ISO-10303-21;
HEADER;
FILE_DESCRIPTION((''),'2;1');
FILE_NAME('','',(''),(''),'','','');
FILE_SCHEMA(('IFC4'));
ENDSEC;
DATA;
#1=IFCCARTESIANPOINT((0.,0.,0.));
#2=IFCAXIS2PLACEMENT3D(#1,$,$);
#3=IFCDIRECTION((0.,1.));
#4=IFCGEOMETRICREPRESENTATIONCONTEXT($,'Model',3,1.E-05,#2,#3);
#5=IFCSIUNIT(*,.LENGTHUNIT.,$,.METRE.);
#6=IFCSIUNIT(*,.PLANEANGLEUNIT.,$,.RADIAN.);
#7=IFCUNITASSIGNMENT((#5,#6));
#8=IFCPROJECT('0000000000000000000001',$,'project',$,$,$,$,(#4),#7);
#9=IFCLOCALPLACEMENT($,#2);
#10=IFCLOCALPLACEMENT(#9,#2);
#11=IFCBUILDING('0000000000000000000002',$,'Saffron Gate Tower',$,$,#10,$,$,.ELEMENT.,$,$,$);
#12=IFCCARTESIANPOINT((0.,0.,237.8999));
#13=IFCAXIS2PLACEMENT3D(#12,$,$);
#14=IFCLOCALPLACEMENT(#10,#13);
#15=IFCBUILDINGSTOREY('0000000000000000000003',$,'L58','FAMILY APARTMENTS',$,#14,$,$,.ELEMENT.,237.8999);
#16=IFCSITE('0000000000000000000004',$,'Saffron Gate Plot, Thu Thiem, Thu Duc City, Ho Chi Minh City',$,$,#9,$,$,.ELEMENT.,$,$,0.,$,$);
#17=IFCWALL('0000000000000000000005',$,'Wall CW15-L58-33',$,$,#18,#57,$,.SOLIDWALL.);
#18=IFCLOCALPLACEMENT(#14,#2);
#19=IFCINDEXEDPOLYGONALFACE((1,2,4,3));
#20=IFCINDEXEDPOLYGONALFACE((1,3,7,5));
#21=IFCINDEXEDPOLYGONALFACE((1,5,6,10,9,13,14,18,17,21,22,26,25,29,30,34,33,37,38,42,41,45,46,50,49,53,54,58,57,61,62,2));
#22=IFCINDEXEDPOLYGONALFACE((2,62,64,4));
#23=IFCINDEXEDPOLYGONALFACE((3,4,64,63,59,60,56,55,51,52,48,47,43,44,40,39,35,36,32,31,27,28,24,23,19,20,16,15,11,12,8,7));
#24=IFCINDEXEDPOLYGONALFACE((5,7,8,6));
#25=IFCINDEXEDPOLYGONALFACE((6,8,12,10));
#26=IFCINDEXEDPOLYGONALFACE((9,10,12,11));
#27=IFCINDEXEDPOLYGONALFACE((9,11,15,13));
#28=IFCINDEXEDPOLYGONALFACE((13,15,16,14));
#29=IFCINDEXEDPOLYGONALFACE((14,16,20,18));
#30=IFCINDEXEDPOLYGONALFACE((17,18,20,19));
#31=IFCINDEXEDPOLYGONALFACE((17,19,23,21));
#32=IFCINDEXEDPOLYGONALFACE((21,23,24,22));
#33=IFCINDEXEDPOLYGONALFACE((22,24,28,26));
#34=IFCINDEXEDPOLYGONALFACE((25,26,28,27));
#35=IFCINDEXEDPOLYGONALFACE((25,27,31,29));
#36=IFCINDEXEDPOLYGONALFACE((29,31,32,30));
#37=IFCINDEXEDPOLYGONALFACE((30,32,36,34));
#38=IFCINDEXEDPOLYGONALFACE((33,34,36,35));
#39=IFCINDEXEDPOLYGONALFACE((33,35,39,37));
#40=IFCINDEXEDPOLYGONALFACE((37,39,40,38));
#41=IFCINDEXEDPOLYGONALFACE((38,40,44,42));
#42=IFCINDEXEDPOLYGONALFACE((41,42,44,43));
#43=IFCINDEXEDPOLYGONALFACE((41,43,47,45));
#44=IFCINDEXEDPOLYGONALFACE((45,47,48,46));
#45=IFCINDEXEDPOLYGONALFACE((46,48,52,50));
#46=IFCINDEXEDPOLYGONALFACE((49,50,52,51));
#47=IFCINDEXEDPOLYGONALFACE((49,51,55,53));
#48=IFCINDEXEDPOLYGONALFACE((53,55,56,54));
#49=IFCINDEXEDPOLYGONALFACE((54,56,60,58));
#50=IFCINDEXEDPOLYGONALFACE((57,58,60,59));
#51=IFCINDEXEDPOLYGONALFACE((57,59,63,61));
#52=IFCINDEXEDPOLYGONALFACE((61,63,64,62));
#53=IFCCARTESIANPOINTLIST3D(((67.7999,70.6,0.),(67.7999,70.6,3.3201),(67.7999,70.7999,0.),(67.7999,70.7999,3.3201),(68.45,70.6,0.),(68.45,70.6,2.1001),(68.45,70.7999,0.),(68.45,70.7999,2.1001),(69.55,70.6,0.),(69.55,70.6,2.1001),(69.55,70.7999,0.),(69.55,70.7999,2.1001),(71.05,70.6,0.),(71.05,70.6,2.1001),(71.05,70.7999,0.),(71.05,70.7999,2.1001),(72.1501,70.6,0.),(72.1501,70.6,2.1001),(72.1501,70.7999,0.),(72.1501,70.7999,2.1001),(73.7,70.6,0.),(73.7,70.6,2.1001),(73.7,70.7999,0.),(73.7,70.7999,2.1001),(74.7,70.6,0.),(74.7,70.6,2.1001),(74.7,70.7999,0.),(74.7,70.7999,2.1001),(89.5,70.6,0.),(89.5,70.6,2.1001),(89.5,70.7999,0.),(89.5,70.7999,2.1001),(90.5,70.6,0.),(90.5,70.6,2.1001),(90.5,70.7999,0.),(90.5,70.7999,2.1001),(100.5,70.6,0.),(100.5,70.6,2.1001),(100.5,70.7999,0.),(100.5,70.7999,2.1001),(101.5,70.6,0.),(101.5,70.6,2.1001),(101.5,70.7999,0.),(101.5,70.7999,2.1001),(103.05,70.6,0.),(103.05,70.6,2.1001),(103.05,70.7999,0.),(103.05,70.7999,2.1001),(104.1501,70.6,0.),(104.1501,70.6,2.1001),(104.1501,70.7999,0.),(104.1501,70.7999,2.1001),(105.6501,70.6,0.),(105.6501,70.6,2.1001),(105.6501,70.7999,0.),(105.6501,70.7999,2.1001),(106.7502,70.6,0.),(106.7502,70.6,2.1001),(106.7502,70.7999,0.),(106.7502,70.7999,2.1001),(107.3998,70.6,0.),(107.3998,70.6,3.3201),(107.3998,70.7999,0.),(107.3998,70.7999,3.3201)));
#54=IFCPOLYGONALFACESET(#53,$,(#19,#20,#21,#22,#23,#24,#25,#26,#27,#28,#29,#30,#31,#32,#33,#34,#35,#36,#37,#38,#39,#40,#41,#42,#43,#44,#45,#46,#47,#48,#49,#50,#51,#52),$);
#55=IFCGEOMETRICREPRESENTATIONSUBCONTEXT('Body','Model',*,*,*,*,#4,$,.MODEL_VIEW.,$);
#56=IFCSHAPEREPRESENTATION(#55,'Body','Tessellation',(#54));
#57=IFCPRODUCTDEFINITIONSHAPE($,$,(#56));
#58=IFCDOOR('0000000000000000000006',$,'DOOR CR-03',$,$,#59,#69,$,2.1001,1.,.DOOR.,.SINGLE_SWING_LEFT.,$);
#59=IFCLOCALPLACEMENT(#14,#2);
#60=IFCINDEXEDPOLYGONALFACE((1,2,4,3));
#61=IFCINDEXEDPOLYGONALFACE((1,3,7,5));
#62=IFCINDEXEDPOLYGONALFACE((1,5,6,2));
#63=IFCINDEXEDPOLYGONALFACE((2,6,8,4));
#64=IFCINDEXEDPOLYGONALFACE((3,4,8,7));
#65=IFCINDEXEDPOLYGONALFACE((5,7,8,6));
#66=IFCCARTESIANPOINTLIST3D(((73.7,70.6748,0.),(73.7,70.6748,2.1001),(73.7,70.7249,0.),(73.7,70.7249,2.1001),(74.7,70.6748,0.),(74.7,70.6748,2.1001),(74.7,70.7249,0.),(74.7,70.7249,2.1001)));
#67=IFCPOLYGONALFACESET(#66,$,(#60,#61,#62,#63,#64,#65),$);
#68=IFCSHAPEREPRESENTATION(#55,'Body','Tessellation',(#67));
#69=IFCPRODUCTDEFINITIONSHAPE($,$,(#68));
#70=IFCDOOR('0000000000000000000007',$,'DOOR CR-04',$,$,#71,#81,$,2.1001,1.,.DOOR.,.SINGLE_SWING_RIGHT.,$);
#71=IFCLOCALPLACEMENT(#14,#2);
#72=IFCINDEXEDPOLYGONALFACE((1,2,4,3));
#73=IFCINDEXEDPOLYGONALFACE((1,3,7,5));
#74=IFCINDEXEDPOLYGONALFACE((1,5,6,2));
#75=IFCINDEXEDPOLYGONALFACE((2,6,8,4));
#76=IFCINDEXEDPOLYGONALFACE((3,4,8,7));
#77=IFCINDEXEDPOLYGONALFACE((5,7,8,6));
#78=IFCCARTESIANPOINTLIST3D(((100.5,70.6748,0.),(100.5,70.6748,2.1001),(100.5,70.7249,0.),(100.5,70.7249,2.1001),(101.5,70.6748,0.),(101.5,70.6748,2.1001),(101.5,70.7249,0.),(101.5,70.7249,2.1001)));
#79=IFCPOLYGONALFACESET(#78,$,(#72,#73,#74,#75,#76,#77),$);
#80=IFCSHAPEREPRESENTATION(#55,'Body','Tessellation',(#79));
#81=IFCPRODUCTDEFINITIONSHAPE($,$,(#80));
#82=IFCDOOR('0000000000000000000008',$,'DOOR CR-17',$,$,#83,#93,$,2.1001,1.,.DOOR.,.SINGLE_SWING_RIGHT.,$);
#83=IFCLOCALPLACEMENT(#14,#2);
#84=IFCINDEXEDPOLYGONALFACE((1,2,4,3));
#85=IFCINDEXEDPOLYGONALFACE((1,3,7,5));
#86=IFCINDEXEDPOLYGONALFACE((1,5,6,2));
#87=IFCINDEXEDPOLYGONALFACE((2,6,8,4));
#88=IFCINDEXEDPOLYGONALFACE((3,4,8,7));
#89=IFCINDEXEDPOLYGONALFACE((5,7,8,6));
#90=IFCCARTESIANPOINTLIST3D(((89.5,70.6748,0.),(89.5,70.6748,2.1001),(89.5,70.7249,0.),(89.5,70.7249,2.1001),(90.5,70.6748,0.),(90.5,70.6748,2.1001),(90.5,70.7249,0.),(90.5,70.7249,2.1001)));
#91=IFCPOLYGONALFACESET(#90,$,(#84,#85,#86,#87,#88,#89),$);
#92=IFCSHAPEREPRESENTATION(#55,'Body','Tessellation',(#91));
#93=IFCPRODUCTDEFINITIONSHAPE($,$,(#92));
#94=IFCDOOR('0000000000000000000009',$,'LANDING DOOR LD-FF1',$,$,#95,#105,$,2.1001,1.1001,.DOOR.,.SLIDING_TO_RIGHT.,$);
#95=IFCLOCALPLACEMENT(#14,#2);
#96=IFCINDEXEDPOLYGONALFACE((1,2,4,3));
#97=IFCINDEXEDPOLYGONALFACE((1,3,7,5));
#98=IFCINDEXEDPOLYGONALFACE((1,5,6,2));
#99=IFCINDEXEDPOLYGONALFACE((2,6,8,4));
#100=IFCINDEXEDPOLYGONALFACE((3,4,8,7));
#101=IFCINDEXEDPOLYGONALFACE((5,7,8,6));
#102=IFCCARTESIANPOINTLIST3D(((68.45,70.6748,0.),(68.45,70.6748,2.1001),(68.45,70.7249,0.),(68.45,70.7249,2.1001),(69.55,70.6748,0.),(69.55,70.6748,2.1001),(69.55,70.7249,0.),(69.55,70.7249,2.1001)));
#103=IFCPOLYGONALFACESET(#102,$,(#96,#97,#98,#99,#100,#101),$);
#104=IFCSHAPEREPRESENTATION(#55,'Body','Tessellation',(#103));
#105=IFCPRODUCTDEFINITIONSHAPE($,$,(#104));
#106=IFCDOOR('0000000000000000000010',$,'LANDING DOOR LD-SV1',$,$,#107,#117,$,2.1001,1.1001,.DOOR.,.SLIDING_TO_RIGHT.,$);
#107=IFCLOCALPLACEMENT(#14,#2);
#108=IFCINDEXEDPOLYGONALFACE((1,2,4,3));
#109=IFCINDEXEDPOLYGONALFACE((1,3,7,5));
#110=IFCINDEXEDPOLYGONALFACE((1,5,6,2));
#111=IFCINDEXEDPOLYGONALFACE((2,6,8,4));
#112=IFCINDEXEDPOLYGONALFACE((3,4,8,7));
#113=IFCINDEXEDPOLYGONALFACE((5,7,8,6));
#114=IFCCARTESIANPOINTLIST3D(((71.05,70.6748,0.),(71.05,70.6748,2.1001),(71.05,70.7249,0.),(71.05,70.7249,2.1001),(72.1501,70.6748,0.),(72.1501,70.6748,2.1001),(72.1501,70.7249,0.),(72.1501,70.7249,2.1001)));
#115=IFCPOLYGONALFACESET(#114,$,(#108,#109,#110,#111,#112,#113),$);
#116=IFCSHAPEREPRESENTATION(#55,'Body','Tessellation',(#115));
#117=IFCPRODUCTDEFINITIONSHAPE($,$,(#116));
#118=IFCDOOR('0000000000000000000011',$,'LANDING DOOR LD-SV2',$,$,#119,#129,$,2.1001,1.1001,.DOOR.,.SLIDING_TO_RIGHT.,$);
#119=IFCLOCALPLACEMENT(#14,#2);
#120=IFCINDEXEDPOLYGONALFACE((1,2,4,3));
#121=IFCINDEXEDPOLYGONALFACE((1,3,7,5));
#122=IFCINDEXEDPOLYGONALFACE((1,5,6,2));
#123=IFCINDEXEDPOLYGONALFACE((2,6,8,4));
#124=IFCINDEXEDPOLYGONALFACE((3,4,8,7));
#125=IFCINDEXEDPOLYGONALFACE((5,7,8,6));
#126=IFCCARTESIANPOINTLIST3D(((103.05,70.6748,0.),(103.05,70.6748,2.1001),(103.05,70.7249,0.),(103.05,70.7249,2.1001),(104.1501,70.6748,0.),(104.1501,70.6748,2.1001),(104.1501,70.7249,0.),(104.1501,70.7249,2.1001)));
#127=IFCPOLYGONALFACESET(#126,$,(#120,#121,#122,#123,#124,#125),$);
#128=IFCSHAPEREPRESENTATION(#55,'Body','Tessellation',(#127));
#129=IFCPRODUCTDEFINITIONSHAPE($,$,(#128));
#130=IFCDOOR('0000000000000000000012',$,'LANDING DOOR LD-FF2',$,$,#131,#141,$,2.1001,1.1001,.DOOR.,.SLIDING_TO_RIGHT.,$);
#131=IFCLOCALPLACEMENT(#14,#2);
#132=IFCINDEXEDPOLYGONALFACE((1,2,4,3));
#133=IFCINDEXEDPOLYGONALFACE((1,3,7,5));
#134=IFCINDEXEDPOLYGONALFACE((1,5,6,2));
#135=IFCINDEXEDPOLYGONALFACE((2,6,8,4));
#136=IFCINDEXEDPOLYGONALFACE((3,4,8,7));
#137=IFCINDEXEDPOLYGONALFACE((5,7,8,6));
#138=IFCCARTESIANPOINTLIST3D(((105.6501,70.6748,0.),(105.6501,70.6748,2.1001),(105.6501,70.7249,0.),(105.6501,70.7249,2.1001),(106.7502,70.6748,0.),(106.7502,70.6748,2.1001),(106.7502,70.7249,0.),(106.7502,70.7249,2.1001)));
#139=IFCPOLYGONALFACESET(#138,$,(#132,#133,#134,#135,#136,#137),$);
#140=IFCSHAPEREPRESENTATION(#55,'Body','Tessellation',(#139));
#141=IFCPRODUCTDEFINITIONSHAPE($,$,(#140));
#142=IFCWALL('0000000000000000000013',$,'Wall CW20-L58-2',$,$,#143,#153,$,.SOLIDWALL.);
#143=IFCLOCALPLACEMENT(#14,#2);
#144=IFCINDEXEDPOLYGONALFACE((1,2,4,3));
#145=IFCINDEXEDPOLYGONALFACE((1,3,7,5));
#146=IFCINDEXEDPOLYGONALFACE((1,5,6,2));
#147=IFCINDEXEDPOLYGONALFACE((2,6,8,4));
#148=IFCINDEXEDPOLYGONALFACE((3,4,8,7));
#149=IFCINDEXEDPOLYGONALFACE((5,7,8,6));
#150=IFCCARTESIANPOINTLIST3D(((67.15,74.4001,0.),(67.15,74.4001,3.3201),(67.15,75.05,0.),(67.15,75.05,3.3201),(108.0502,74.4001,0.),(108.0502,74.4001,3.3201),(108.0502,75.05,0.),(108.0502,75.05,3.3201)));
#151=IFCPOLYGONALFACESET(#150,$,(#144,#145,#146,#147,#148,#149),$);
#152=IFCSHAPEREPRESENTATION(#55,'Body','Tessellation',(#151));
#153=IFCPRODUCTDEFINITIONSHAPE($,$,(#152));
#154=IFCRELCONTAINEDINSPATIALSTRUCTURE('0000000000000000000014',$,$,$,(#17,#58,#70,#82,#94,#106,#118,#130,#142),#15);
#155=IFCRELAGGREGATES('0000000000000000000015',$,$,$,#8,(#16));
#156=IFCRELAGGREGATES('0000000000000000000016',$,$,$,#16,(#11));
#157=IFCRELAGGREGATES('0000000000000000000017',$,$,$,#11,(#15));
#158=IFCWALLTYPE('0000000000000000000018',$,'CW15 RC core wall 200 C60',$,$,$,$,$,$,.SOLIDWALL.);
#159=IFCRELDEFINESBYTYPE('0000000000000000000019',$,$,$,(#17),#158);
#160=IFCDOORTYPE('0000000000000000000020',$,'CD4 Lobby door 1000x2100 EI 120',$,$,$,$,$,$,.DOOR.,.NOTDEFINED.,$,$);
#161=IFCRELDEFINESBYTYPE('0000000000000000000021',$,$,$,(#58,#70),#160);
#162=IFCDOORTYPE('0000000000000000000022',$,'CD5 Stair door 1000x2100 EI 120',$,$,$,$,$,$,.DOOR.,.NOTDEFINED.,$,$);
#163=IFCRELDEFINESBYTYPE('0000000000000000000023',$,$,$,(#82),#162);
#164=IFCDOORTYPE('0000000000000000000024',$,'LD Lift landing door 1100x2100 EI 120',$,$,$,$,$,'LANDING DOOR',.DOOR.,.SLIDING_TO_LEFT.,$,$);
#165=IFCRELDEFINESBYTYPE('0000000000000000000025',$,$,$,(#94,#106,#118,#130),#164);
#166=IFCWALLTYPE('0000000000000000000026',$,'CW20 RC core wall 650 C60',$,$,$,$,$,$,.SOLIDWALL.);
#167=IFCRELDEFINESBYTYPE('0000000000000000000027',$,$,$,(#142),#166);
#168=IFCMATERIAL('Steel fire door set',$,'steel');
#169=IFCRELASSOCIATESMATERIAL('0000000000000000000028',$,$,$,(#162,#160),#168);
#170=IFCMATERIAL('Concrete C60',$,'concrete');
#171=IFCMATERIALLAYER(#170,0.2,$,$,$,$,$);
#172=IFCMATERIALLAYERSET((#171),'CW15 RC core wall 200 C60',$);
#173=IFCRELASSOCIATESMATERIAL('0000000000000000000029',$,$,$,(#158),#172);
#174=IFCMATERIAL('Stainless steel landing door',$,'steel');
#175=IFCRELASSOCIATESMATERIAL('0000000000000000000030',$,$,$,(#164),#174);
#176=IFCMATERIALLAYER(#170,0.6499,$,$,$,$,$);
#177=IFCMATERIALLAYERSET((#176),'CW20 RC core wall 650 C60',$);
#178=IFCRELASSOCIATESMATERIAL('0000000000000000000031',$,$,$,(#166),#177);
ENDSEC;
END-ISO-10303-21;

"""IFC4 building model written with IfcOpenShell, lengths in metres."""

from ifc_helpers import new_model, si_unit, direction, frame, frame_2d, origin, place, context, subcontext, project, spatial, rectangle, extrude, material, layer, layer_set, type_object, element, fill, save


model = new_model("IFC4")

# Units and contexts
model_context = context("Model", 3, precision=1e-05, world=origin(), true_north=direction((0.0, 1.0)))
body_context = subcontext(model_context, "Body", "Model", "MODEL_VIEW")
ifc_project = project(units=[si_unit("LENGTHUNIT", "METRE"), si_unit("PLANEANGLEUNIT", "RADIAN")], contexts=[model_context])

# Site, building, storey
site_placement = place(None, origin())
site = spatial("IfcSite", under=ifc_project, at=site_placement, Name="Saffron Gate Plot, Thu Thiem, Thu Duc City, Ho Chi Minh City", CompositionType="ELEMENT", RefElevation=0.0)
building_placement = place(site_placement, origin())
building = spatial("IfcBuilding", under=site, at=building_placement, Name="Saffron Gate Tower", CompositionType="ELEMENT")
storey_placement = place(building_placement, frame((0.0, 0.0, 237.8999)))
storey = spatial("IfcBuildingStorey", under=building, at=storey_placement, Name="L58", Description="FAMILY APARTMENTS", CompositionType="ELEMENT", Elevation=237.8999)

# Wall, openings, doors
ifc_material_1 = material(Name="Concrete C60", Category="concrete")
ifc_material_2 = material(Name="Steel fire door set", Category="steel")
door_type_1 = type_object("IfcDoorType", Name="CD5 Stair door 1000x2100 EI 120", OperationType="NOTDEFINED", PredefinedType="DOOR", material=ifc_material_2)
ifc_layer_1 = layer(ifc_material_1, 0.2)
ifc_layer_set_1 = layer_set([ifc_layer_1], Name="CW15 RC core wall 200 C60")
wall_type_1 = type_object("IfcWallType", Name="CW15 RC core wall 200 C60", PredefinedType="SOLIDWALL", material=ifc_layer_set_1)
wall_1_placement = place(storey_placement, frame((67.8, 70.7, 0.0), z_axis=(0.0, 0.0, 1.0), x_axis=(1.0, 0.0, 0.0)))
wall_1 = element("IfcWall", 1, at=wall_1_placement, inside=storey, type_object=wall_type_1, Name="Wall CW15-L58-33", PredefinedType="SOLIDWALL", context=body_context, shape_type="SweptSolid", body=[
    extrude(rectangle(XDim=39.5999, YDim=0.2, at=frame_2d((19.7998, 0.0))), origin(), (0.0, 0.0, 1.0), 3.3201),
])
opening_1_placement = place(wall_1_placement, frame((0.6499, 0.0, 0.0)))
opening_1 = element("IfcOpeningElement", 2, at=opening_1_placement, cuts=wall_1, PredefinedType="OPENING", context=body_context, shape_type="SweptSolid", body=[
    extrude(rectangle(XDim=1.1001, YDim=2.1001, at=frame_2d((0.55, 1.05))), frame((0.0, 0.1099, 0.0), z_axis=(0.0, -1.0, 0.0), x_axis=(1.0, 0.0, 0.0)), (0.0, 0.0, 1.0), 0.22),
])
opening_2_placement = place(wall_1_placement, frame((3.25, 0.0, 0.0)))
opening_2 = element("IfcOpeningElement", 3, at=opening_2_placement, cuts=wall_1, PredefinedType="OPENING", context=body_context, shape_type="SweptSolid", body=[
    extrude(rectangle(XDim=1.1001, YDim=2.1001, at=frame_2d((0.55, 1.05))), frame((0.0, 0.1099, 0.0), z_axis=(0.0, -1.0, 0.0), x_axis=(1.0, 0.0, 0.0)), (0.0, 0.0, 1.0), 0.22),
])
opening_3_placement = place(wall_1_placement, frame((5.8999, 0.0, 0.0)))
opening_3 = element("IfcOpeningElement", 4, at=opening_3_placement, cuts=wall_1, PredefinedType="OPENING", context=body_context, shape_type="SweptSolid", body=[
    extrude(rectangle(XDim=1.0, YDim=2.1001, at=frame_2d((0.5, 1.05))), frame((0.0, 0.1099, 0.0), z_axis=(0.0, -1.0, 0.0), x_axis=(1.0, 0.0, 0.0)), (0.0, 0.0, 1.0), 0.22),
])
opening_4_placement = place(wall_1_placement, frame((21.7, 0.0, 0.0)))
opening_4 = element("IfcOpeningElement", 5, at=opening_4_placement, cuts=wall_1, PredefinedType="OPENING", context=body_context, shape_type="SweptSolid", body=[
    extrude(rectangle(XDim=1.0, YDim=2.1001, at=frame_2d((0.5, 1.05))), frame((0.0, 0.1099, 0.0), z_axis=(0.0, -1.0, 0.0), x_axis=(1.0, 0.0, 0.0)), (0.0, 0.0, 1.0), 0.22),
])
opening_5_placement = place(wall_1_placement, frame((32.7, 0.0, 0.0)))
opening_5 = element("IfcOpeningElement", 6, at=opening_5_placement, cuts=wall_1, PredefinedType="OPENING", context=body_context, shape_type="SweptSolid", body=[
    extrude(rectangle(XDim=1.0, YDim=2.1001, at=frame_2d((0.5, 1.05))), frame((0.0, 0.1099, 0.0), z_axis=(0.0, -1.0, 0.0), x_axis=(1.0, 0.0, 0.0)), (0.0, 0.0, 1.0), 0.22),
])
opening_6_placement = place(wall_1_placement, frame((35.25, 0.0, 0.0)))
opening_6 = element("IfcOpeningElement", 7, at=opening_6_placement, cuts=wall_1, PredefinedType="OPENING", context=body_context, shape_type="SweptSolid", body=[
    extrude(rectangle(XDim=1.1001, YDim=2.1001, at=frame_2d((0.55, 1.05))), frame((0.0, 0.1099, 0.0), z_axis=(0.0, -1.0, 0.0), x_axis=(1.0, 0.0, 0.0)), (0.0, 0.0, 1.0), 0.22),
])
opening_7_placement = place(wall_1_placement, frame((37.8501, 0.0, 0.0)))
opening_7 = element("IfcOpeningElement", 8, at=opening_7_placement, cuts=wall_1, PredefinedType="OPENING", context=body_context, shape_type="SweptSolid", body=[
    extrude(rectangle(XDim=1.1001, YDim=2.1001, at=frame_2d((0.55, 1.05))), frame((0.0, 0.1099, 0.0), z_axis=(0.0, -1.0, 0.0), x_axis=(1.0, 0.0, 0.0)), (0.0, 0.0, 1.0), 0.22),
])
door_type_2 = type_object("IfcDoorType", Name="CD4 Lobby door 1000x2100 EI 120", OperationType="NOTDEFINED", PredefinedType="DOOR", material=ifc_material_2)
door_1_placement = place(opening_3_placement, origin())
door_1 = element("IfcDoor", 9, at=door_1_placement, inside=storey, type_object=door_type_2, Name="DOOR CR-03", OperationType="SINGLE_SWING_LEFT", OverallHeight=2.1001, OverallWidth=1.0, PredefinedType="DOOR", context=body_context, shape_type="SweptSolid", body=[
    extrude(rectangle(XDim=1.0, YDim=2.1001, at=frame_2d((0.5, 1.05))), frame((0.0, 0.0249, 0.0), z_axis=(0.0, -1.0, 0.0), x_axis=(1.0, 0.0, 0.0)), (0.0, 0.0, 1.0), 0.05),
])
fill(opening_3, door_1)
door_2_placement = place(opening_5_placement, origin())
door_2 = element("IfcDoor", 10, at=door_2_placement, inside=storey, type_object=door_type_2, Name="DOOR CR-04", OperationType="SINGLE_SWING_RIGHT", OverallHeight=2.1001, OverallWidth=1.0, PredefinedType="DOOR", context=body_context, shape_type="SweptSolid", body=[
    extrude(rectangle(XDim=1.0, YDim=2.1001, at=frame_2d((0.5, 1.05))), frame((0.0, 0.0249, 0.0), z_axis=(0.0, -1.0, 0.0), x_axis=(1.0, 0.0, 0.0)), (0.0, 0.0, 1.0), 0.05),
])
fill(opening_5, door_2)
door_3_placement = place(opening_4_placement, origin())
door_3 = element("IfcDoor", 11, at=door_3_placement, inside=storey, type_object=door_type_1, Name="DOOR CR-17", OperationType="SINGLE_SWING_RIGHT", OverallHeight=2.1001, OverallWidth=1.0, PredefinedType="DOOR", context=body_context, shape_type="SweptSolid", body=[
    extrude(rectangle(XDim=1.0, YDim=2.1001, at=frame_2d((0.5, 1.05))), frame((0.0, 0.0249, 0.0), z_axis=(0.0, -1.0, 0.0), x_axis=(1.0, 0.0, 0.0)), (0.0, 0.0, 1.0), 0.05),
])
fill(opening_4, door_3)
ifc_material_3 = material(Name="Stainless steel landing door", Category="steel")
door_type_3 = type_object("IfcDoorType", Name="LD Lift landing door 1100x2100 EI 120", ElementType="LANDING DOOR", OperationType="SLIDING_TO_LEFT", PredefinedType="DOOR", material=ifc_material_3)
door_4_placement = place(opening_1_placement, origin())
door_4 = element("IfcDoor", 12, at=door_4_placement, inside=storey, type_object=door_type_3, Name="LANDING DOOR LD-FF1", OperationType="SLIDING_TO_RIGHT", OverallHeight=2.1001, OverallWidth=1.1001, PredefinedType="DOOR", context=body_context, shape_type="SweptSolid", body=[
    extrude(rectangle(XDim=1.1001, YDim=2.1001, at=frame_2d((0.55, 1.05))), frame((0.0, 0.0249, 0.0), z_axis=(0.0, -1.0, 0.0), x_axis=(1.0, 0.0, 0.0)), (0.0, 0.0, 1.0), 0.05),
])
fill(opening_1, door_4)
door_5_placement = place(opening_2_placement, origin())
door_5 = element("IfcDoor", 13, at=door_5_placement, inside=storey, type_object=door_type_3, Name="LANDING DOOR LD-SV1", OperationType="SLIDING_TO_RIGHT", OverallHeight=2.1001, OverallWidth=1.1001, PredefinedType="DOOR", context=body_context, shape_type="SweptSolid", body=[
    extrude(rectangle(XDim=1.1001, YDim=2.1001, at=frame_2d((0.55, 1.05))), frame((0.0, 0.0249, 0.0), z_axis=(0.0, -1.0, 0.0), x_axis=(1.0, 0.0, 0.0)), (0.0, 0.0, 1.0), 0.05),
])
fill(opening_2, door_5)
door_6_placement = place(opening_6_placement, origin())
door_6 = element("IfcDoor", 14, at=door_6_placement, inside=storey, type_object=door_type_3, Name="LANDING DOOR LD-SV2", OperationType="SLIDING_TO_RIGHT", OverallHeight=2.1001, OverallWidth=1.1001, PredefinedType="DOOR", context=body_context, shape_type="SweptSolid", body=[
    extrude(rectangle(XDim=1.1001, YDim=2.1001, at=frame_2d((0.55, 1.05))), frame((0.0, 0.0249, 0.0), z_axis=(0.0, -1.0, 0.0), x_axis=(1.0, 0.0, 0.0)), (0.0, 0.0, 1.0), 0.05),
])
fill(opening_6, door_6)
door_7_placement = place(opening_7_placement, origin())
door_7 = element("IfcDoor", 15, at=door_7_placement, inside=storey, type_object=door_type_3, Name="LANDING DOOR LD-FF2", OperationType="SLIDING_TO_RIGHT", OverallHeight=2.1001, OverallWidth=1.1001, PredefinedType="DOOR", context=body_context, shape_type="SweptSolid", body=[
    extrude(rectangle(XDim=1.1001, YDim=2.1001, at=frame_2d((0.55, 1.05))), frame((0.0, 0.0249, 0.0), z_axis=(0.0, -1.0, 0.0), x_axis=(1.0, 0.0, 0.0)), (0.0, 0.0, 1.0), 0.05),
])
fill(opening_7, door_7)

# Wall
ifc_layer_2 = layer(ifc_material_1, 0.6499)
ifc_layer_set_2 = layer_set([ifc_layer_2], Name="CW20 RC core wall 650 C60")
wall_type_2 = type_object("IfcWallType", Name="CW20 RC core wall 650 C60", PredefinedType="SOLIDWALL", material=ifc_layer_set_2)
wall_2_placement = place(storey_placement, frame((67.1499, 74.7251, 0.0), z_axis=(0.0, 0.0, 1.0), x_axis=(1.0, 0.0, 0.0)))
element("IfcWall", 16, at=wall_2_placement, inside=storey, type_object=wall_type_2, Name="Wall CW20-L58-2", PredefinedType="SOLIDWALL", context=body_context, shape_type="SweptSolid", body=[
    extrude(rectangle(XDim=40.9001, YDim=0.6499, at=frame_2d((20.4502, 0.0))), origin(), (0.0, 0.0, 1.0), 3.3201),
])

save(model, "model.ifc")
